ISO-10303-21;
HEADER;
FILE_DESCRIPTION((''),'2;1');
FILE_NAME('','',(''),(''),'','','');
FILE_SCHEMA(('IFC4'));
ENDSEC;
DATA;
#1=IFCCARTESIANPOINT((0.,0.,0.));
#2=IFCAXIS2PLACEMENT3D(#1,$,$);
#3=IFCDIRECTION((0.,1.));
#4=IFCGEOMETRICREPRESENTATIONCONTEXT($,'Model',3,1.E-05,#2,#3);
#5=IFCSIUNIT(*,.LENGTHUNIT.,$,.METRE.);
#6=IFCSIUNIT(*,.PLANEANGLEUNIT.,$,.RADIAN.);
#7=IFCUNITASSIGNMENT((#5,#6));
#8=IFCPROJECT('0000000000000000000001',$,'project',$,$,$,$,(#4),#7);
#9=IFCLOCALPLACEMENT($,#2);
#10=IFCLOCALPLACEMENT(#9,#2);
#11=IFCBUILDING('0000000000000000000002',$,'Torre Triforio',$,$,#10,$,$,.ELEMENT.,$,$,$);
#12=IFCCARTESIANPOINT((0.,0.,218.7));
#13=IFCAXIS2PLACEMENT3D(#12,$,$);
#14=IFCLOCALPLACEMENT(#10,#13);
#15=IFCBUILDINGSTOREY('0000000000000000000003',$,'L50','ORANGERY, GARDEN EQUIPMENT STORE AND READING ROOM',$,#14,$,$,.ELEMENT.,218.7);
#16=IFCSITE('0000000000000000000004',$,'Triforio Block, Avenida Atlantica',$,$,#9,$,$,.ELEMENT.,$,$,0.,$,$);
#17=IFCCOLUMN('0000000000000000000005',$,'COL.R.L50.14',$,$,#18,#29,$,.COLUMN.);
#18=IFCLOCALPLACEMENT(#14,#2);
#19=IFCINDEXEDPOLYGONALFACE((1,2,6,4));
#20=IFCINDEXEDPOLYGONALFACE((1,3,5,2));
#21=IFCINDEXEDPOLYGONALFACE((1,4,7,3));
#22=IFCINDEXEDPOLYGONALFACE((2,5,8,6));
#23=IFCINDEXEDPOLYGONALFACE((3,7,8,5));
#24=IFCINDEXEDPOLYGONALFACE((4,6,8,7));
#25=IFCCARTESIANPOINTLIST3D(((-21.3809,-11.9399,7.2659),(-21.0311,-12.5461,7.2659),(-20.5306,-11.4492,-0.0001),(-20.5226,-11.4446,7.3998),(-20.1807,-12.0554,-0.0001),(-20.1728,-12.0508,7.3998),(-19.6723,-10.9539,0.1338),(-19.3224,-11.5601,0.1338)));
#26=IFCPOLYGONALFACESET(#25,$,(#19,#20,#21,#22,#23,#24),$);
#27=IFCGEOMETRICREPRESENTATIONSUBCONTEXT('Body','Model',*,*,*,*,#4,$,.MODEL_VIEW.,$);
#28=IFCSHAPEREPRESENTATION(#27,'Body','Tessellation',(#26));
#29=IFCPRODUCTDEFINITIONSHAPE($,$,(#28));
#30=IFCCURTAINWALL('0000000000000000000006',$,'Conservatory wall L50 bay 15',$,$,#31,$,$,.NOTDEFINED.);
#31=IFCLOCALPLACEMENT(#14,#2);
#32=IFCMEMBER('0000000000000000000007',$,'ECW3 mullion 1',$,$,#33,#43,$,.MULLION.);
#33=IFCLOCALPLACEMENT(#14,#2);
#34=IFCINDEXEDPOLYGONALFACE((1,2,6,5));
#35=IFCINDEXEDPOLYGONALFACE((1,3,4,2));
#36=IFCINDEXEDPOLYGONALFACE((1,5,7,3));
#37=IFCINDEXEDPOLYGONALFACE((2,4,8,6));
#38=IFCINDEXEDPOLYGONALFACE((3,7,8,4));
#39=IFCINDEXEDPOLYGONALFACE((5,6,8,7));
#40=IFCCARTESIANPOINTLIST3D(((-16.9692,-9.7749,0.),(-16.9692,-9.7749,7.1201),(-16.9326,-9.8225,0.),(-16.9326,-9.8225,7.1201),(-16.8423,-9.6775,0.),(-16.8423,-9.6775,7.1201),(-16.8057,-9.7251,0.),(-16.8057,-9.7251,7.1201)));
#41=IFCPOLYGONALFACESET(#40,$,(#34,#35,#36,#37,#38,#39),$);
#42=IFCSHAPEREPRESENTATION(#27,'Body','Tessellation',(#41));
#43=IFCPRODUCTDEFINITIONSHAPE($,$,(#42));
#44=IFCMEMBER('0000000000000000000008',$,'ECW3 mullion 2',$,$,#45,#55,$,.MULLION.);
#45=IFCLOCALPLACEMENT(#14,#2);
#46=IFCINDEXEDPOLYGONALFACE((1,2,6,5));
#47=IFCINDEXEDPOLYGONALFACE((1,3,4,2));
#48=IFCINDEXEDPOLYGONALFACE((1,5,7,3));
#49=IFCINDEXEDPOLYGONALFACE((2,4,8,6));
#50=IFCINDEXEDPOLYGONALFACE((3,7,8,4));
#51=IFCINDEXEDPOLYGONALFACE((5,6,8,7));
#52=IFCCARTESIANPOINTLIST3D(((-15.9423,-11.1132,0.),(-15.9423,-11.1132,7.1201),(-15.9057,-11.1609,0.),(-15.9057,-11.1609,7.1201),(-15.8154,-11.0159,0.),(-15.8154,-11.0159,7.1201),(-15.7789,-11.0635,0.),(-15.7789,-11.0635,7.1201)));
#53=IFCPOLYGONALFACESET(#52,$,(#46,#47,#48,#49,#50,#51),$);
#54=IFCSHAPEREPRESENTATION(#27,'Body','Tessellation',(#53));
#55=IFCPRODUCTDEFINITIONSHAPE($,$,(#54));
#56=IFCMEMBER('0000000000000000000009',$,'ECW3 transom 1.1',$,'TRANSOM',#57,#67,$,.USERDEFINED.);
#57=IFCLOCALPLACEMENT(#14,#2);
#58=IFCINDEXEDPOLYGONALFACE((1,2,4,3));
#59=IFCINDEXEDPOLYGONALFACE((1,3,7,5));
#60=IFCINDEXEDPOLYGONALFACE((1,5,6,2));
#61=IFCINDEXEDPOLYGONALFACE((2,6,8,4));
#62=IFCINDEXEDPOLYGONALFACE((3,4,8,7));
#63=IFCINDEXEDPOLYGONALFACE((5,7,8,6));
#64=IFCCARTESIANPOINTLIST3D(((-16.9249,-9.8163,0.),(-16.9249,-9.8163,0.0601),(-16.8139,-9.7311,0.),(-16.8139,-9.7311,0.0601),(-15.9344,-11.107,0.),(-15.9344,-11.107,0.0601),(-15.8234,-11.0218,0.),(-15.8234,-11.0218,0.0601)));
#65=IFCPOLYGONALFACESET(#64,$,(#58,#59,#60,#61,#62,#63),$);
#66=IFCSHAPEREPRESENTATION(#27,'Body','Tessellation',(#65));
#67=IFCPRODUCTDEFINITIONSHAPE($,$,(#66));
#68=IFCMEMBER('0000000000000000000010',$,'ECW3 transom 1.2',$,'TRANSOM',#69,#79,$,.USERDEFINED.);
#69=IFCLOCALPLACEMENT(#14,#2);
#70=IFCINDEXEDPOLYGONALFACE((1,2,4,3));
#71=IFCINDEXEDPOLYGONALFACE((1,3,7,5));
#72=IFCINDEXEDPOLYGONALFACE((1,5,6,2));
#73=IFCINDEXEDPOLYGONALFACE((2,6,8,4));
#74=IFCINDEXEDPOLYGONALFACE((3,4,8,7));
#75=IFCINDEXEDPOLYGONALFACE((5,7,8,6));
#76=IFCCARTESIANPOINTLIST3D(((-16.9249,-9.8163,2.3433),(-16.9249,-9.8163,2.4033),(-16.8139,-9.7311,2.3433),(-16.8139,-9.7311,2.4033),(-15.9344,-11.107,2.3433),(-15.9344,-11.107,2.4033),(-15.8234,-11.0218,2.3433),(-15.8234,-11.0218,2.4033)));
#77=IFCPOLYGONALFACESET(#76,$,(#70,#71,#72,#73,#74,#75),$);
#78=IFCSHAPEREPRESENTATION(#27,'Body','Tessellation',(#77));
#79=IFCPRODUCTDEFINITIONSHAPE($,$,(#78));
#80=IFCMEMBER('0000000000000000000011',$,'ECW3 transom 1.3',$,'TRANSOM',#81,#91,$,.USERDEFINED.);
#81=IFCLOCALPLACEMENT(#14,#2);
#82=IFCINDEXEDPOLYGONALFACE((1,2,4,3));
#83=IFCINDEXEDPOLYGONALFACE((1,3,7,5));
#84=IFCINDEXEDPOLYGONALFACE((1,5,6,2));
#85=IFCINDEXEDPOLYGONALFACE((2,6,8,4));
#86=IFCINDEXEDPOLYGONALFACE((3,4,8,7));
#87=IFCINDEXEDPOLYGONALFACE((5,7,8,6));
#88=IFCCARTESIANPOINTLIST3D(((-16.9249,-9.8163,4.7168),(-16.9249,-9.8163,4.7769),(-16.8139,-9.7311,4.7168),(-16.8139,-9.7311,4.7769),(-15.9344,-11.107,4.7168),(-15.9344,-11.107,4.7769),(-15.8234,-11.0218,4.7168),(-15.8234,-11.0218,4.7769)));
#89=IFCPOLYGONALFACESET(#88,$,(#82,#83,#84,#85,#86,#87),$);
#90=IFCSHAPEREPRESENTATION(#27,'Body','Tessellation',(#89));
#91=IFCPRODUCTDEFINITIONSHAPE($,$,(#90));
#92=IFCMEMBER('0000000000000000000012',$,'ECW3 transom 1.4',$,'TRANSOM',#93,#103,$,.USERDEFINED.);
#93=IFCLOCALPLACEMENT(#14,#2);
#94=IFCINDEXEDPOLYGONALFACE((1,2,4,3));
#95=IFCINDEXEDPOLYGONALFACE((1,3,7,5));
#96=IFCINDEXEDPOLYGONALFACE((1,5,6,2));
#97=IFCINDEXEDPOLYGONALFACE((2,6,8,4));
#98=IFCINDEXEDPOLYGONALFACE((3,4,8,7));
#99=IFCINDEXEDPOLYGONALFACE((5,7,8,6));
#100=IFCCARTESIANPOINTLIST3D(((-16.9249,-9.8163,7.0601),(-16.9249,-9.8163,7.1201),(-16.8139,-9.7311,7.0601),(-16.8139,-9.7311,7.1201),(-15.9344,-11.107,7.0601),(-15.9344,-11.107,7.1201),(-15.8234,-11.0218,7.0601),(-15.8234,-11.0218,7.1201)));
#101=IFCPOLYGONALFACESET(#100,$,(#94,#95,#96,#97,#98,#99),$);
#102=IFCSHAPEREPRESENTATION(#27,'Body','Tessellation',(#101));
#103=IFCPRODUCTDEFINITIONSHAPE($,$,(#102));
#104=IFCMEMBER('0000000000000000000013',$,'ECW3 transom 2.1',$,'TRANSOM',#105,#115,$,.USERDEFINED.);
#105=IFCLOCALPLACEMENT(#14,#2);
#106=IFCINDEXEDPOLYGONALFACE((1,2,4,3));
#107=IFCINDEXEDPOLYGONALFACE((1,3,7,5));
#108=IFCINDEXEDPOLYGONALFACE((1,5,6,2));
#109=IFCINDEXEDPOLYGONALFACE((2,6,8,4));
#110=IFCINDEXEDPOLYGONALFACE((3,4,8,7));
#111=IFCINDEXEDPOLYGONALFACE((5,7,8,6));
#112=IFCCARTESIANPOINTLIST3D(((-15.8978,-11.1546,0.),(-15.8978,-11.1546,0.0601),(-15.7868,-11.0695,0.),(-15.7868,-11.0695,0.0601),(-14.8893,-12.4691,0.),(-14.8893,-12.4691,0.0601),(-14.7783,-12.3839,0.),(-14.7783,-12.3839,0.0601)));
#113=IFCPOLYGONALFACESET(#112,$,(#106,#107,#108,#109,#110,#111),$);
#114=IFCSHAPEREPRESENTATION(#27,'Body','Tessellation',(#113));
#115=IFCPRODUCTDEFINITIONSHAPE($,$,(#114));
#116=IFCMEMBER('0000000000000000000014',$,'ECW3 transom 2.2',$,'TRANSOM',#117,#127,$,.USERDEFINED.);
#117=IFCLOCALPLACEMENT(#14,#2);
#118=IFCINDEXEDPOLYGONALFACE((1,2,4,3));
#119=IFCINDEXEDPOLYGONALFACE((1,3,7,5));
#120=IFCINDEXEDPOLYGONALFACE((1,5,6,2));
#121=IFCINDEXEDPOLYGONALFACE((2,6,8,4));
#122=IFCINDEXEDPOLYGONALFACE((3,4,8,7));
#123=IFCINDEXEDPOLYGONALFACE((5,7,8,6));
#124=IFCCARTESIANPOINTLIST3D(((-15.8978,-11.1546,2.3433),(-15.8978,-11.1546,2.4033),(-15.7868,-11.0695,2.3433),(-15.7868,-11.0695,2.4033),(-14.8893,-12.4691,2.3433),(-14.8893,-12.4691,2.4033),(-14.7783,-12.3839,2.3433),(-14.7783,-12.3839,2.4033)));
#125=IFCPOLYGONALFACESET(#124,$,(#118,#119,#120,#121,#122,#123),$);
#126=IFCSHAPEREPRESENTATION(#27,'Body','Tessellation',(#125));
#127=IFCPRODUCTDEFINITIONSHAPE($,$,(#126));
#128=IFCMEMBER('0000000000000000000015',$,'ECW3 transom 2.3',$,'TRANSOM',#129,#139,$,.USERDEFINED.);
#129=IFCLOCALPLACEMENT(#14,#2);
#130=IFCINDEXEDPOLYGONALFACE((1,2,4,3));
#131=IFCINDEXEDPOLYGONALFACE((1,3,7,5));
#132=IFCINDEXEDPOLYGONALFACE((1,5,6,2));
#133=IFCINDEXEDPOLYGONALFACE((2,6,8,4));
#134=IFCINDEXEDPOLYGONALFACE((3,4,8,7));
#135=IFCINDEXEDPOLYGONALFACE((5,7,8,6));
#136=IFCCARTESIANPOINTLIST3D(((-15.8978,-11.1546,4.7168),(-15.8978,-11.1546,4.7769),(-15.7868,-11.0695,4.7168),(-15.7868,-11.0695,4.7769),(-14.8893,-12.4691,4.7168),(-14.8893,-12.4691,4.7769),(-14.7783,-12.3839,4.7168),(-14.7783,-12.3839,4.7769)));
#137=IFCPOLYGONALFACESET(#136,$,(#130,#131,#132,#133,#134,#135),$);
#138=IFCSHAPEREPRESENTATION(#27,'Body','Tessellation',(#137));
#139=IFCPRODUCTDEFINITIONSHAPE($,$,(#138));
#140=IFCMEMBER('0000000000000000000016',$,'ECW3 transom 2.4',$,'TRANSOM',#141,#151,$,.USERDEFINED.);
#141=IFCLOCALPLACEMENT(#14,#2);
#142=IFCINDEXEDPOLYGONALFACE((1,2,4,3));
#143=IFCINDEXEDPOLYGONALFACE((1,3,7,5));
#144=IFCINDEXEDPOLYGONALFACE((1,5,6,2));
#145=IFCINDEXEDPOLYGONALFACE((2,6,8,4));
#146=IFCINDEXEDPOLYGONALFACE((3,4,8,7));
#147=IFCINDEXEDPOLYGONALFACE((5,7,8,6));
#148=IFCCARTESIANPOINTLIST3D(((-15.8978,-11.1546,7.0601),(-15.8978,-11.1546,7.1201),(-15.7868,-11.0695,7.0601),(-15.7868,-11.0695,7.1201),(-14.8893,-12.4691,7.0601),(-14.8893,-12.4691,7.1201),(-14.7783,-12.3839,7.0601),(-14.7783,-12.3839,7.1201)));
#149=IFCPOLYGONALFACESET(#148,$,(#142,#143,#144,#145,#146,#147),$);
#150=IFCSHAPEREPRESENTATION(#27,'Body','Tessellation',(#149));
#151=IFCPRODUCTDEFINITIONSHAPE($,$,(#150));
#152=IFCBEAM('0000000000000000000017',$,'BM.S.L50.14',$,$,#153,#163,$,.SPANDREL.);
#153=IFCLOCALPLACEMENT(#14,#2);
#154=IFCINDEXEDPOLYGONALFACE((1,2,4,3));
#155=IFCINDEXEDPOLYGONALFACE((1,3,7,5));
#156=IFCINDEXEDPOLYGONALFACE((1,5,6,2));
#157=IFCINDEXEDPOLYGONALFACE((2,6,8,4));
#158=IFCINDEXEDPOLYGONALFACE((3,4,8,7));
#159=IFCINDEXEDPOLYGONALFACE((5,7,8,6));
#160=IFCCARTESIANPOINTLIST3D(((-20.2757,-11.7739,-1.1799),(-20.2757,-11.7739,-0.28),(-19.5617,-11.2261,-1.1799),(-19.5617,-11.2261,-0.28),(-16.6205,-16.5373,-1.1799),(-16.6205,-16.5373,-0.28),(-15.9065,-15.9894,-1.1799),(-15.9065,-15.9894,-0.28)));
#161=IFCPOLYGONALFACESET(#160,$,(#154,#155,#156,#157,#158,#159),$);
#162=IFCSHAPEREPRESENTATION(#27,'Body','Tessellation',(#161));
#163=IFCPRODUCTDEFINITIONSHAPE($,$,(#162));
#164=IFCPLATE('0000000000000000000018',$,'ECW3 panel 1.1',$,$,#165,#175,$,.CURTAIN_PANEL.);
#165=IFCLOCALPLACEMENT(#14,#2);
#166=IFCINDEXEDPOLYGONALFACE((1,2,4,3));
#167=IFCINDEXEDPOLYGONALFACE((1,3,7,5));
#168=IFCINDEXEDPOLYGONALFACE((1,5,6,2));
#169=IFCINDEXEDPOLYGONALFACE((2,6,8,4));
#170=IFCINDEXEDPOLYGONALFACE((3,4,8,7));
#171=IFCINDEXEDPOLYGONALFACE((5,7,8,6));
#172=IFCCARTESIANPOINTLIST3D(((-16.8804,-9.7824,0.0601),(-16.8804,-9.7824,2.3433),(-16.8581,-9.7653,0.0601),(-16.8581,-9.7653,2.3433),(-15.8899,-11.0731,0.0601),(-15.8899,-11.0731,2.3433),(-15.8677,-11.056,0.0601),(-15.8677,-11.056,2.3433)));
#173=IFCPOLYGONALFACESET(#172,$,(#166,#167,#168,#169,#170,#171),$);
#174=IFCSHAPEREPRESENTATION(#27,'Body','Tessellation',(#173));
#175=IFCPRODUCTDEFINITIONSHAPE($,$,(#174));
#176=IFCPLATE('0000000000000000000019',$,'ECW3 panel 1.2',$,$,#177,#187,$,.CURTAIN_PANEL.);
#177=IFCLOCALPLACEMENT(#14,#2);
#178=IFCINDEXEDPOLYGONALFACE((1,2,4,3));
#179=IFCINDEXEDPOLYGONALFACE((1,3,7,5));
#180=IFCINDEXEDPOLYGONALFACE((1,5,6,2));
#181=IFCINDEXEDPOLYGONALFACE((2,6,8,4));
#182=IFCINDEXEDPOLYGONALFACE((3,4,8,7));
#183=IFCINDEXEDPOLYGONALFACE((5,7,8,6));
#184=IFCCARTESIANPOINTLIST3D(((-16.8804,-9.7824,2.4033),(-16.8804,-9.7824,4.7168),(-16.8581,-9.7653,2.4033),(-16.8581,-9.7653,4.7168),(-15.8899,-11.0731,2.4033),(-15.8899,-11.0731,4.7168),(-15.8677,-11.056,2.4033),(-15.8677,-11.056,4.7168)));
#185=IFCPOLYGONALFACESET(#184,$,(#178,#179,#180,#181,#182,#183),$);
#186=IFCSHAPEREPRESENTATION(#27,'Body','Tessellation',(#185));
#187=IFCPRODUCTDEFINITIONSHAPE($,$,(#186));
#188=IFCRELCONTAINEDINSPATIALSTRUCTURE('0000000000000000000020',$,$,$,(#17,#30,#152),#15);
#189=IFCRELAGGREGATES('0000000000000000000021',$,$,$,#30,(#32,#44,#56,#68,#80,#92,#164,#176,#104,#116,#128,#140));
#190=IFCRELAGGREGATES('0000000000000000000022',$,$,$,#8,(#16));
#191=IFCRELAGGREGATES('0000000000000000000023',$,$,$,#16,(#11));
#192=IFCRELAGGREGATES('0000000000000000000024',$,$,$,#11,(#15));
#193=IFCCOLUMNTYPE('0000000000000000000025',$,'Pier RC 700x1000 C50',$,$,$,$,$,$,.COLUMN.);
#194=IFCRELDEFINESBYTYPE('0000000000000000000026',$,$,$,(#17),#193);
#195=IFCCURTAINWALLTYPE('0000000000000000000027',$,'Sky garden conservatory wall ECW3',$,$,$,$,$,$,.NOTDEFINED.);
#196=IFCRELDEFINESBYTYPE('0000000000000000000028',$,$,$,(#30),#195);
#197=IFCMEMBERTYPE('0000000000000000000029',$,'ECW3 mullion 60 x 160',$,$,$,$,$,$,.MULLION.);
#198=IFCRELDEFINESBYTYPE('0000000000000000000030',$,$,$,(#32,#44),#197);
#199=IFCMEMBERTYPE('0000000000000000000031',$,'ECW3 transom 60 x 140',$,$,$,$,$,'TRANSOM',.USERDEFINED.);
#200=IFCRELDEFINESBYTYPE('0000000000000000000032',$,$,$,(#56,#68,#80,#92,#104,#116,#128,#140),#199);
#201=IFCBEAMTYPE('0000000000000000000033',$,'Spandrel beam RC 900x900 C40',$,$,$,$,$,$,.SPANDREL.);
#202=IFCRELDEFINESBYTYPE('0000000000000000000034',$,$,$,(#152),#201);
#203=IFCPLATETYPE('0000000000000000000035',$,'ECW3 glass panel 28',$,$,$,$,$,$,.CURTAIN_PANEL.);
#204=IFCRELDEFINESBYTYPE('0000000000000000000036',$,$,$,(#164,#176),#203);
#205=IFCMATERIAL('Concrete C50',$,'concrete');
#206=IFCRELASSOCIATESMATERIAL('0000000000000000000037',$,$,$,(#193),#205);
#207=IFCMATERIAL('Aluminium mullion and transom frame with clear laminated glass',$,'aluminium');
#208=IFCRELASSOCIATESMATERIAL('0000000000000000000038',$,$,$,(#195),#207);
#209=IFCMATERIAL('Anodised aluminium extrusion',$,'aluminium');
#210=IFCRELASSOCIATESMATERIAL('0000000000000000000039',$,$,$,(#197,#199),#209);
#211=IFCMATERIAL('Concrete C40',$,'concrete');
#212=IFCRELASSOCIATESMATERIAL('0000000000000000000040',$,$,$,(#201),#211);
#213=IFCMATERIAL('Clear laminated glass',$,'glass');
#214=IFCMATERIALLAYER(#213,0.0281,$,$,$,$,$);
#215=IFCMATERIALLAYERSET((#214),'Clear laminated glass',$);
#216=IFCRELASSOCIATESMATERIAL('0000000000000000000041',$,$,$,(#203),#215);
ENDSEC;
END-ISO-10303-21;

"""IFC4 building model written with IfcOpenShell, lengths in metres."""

from ifc_helpers import new_model, si_unit, direction, frame, origin, origin_2d, place, context, subcontext, project, spatial, rectangle, extrude, material, layer, layer_set, material_profile, profile_set, type_object, element, aggregate, save


model = new_model("IFC4")

# Units and contexts
model_context = context("Model", 3, precision=1e-05, world=origin(), true_north=direction((0.0, 1.0)))
body_context = subcontext(model_context, "Body", "Model", "MODEL_VIEW")
ifc_project = project(units=[si_unit("LENGTHUNIT", "METRE"), si_unit("PLANEANGLEUNIT", "RADIAN")], contexts=[model_context])

# Site, building, storey
site_placement = place(None, origin())
site = spatial("IfcSite", under=ifc_project, at=site_placement, Name="Triforio Block, Avenida Atlantica", CompositionType="ELEMENT", RefElevation=0.0)
building_placement = place(site_placement, origin())
building = spatial("IfcBuilding", under=site, at=building_placement, Name="Torre Triforio", CompositionType="ELEMENT")
storey_placement = place(building_placement, frame((0.0, 0.0, 218.7)))
storey = spatial("IfcBuildingStorey", under=building, at=storey_placement, Name="L50", Description="ORANGERY, GARDEN EQUIPMENT STORE AND READING ROOM", CompositionType="ELEMENT", Elevation=218.7)

# Column
ifc_material_1 = material(Name="Concrete C50", Category="concrete")
ifc_material_profile_1 = material_profile(ifc_material_1, rectangle(XDim=0.7, YDim=1.0, at=origin_2d()), Name="RC 700x1000")
ifc_profile_set_1 = profile_set([ifc_material_profile_1], Name="Concrete C50")
column_type = type_object("IfcColumnType", Name="Pier RC 700x1000 C50", PredefinedType="COLUMN", material=ifc_profile_set_1)
column_placement = place(storey_placement, frame((-19.9265, -11.5046, 0.0669), z_axis=(-0.115975, -0.066928, 0.990995), x_axis=(0.49983, -0.866123, 0.0)))
element("IfcColumn", 1, at=column_placement, inside=storey, type_object=column_type, Name="COL.R.L50.14", PredefinedType="COLUMN", context=body_context, shape_type="SweptSolid", body=[
    extrude(rectangle(XDim=0.7, YDim=1.0, at=origin_2d()), origin(), (0.0, 0.0, 1.0), 7.332),
])

# Curtain wall, members
ifc_material_2 = material(Name="Aluminium mullion and transom frame with clear laminated glass", Category="aluminium")
curtain_wall_type = type_object("IfcCurtainWallType", Name="Sky garden conservatory wall ECW3", PredefinedType="NOTDEFINED", material=ifc_material_2)
curtain_wall_placement = place(storey_placement, origin())
curtain_wall = element("IfcCurtainWall", 2, at=curtain_wall_placement, inside=storey, type_object=curtain_wall_type, Name="Conservatory wall L50 bay 15", PredefinedType="NOTDEFINED")
ifc_material_3 = material(Name="Anodised aluminium extrusion", Category="aluminium")
ifc_material_profile_2 = material_profile(ifc_material_3, rectangle(XDim=0.1599, YDim=0.0601, at=origin_2d()), Name="ECW3 MULLION 60x160")
ifc_profile_set_2 = profile_set([ifc_material_profile_2], Name="Anodised aluminium extrusion")
member_type_1 = type_object("IfcMemberType", Name="ECW3 mullion 60 x 160", PredefinedType="MULLION", material=ifc_profile_set_2)
member_1_placement = place(storey_placement, frame((-16.8875, -9.75, 0.0), z_axis=(0.0, 0.0, 1.0), x_axis=(0.793349, 0.608767, 0.0)))
member_1 = element("IfcMember", 3, at=member_1_placement, type_object=member_type_1, Name="ECW3 mullion 1", PredefinedType="MULLION", context=body_context, shape_type="SweptSolid", body=[
    extrude(rectangle(XDim=0.1599, YDim=0.0601, at=origin_2d()), origin(), (0.0, 0.0, 1.0), 7.1201),
])
member_2_placement = place(storey_placement, frame((-15.8606, -11.0884, 0.0), z_axis=(0.0, 0.0, 1.0), x_axis=(0.793349, 0.608767, 0.0)))
member_2 = element("IfcMember", 4, at=member_2_placement, type_object=member_type_1, Name="ECW3 mullion 2", PredefinedType="MULLION", context=body_context, shape_type="SweptSolid", body=[
    extrude(rectangle(XDim=0.1599, YDim=0.0601, at=origin_2d()), origin(), (0.0, 0.0, 1.0), 7.1201),
])
ifc_material_profile_3 = material_profile(ifc_material_3, rectangle(XDim=0.1399, YDim=0.0601, at=origin_2d()), Name="ECW3 TRANSOM 60x140")
ifc_profile_set_3 = profile_set([ifc_material_profile_3], Name="Anodised aluminium extrusion")
member_type_2 = type_object("IfcMemberType", Name="ECW3 transom 60 x 140", ElementType="TRANSOM", PredefinedType="USERDEFINED", material=ifc_profile_set_3)
member_3_placement = place(storey_placement, frame((-16.8694, -9.7737, 0.03), z_axis=(0.608775, -0.793343, 0.0), x_axis=(0.793343, 0.608775, 0.0)))
member_3 = element("IfcMember", 5, at=member_3_placement, type_object=member_type_2, Name="ECW3 transom 1.1", ObjectType="TRANSOM", PredefinedType="USERDEFINED", context=body_context, shape_type="SweptSolid", body=[
    extrude(rectangle(XDim=0.1399, YDim=0.0601, at=origin_2d()), origin(), (0.0, 0.0, 1.0), 1.627),
])
member_4_placement = place(storey_placement, frame((-16.8694, -9.7737, 2.3733), z_axis=(0.608775, -0.793343, 0.0), x_axis=(0.793343, 0.608775, 0.0)))
member_4 = element("IfcMember", 6, at=member_4_placement, type_object=member_type_2, Name="ECW3 transom 1.2", ObjectType="TRANSOM", PredefinedType="USERDEFINED", context=body_context, shape_type="SweptSolid", body=[
    extrude(rectangle(XDim=0.1399, YDim=0.0601, at=origin_2d()), origin(), (0.0, 0.0, 1.0), 1.627),
])
member_5_placement = place(storey_placement, frame((-16.8694, -9.7737, 4.7468), z_axis=(0.608775, -0.793343, 0.0), x_axis=(0.793343, 0.608775, 0.0)))
member_5 = element("IfcMember", 7, at=member_5_placement, type_object=member_type_2, Name="ECW3 transom 1.3", ObjectType="TRANSOM", PredefinedType="USERDEFINED", context=body_context, shape_type="SweptSolid", body=[
    extrude(rectangle(XDim=0.1399, YDim=0.0601, at=origin_2d()), origin(), (0.0, 0.0, 1.0), 1.627),
])
member_6_placement = place(storey_placement, frame((-16.8694, -9.7737, 7.0901), z_axis=(0.608775, -0.793343, 0.0), x_axis=(0.793343, 0.608775, 0.0)))
member_6 = element("IfcMember", 8, at=member_6_placement, type_object=member_type_2, Name="ECW3 transom 1.4", ObjectType="TRANSOM", PredefinedType="USERDEFINED", context=body_context, shape_type="SweptSolid", body=[
    extrude(rectangle(XDim=0.1399, YDim=0.0601, at=origin_2d()), origin(), (0.0, 0.0, 1.0), 1.627),
])
member_7_placement = place(storey_placement, frame((-15.8423, -11.1121, 0.03), z_axis=(0.608735, -0.793374, 0.0), x_axis=(0.793374, 0.608735, 0.0)))
member_7 = element("IfcMember", 9, at=member_7_placement, type_object=member_type_2, Name="ECW3 transom 2.1", ObjectType="TRANSOM", PredefinedType="USERDEFINED", context=body_context, shape_type="SweptSolid", body=[
    extrude(rectangle(XDim=0.1399, YDim=0.0601, at=origin_2d()), origin(), (0.0, 0.0, 1.0), 1.6567),
])
member_8_placement = place(storey_placement, frame((-15.8423, -11.1121, 2.3733), z_axis=(0.608735, -0.793374, 0.0), x_axis=(0.793374, 0.608735, 0.0)))
member_8 = element("IfcMember", 10, at=member_8_placement, type_object=member_type_2, Name="ECW3 transom 2.2", ObjectType="TRANSOM", PredefinedType="USERDEFINED", context=body_context, shape_type="SweptSolid", body=[
    extrude(rectangle(XDim=0.1399, YDim=0.0601, at=origin_2d()), origin(), (0.0, 0.0, 1.0), 1.6567),
])
member_9_placement = place(storey_placement, frame((-15.8423, -11.1121, 4.7468), z_axis=(0.608735, -0.793374, 0.0), x_axis=(0.793374, 0.608735, 0.0)))
member_9 = element("IfcMember", 11, at=member_9_placement, type_object=member_type_2, Name="ECW3 transom 2.3", ObjectType="TRANSOM", PredefinedType="USERDEFINED", context=body_context, shape_type="SweptSolid", body=[
    extrude(rectangle(XDim=0.1399, YDim=0.0601, at=origin_2d()), origin(), (0.0, 0.0, 1.0), 1.6567),
])
member_10_placement = place(storey_placement, frame((-15.8423, -11.1121, 7.0901), z_axis=(0.608735, -0.793374, 0.0), x_axis=(0.793374, 0.608735, 0.0)))
member_10 = element("IfcMember", 12, at=member_10_placement, type_object=member_type_2, Name="ECW3 transom 2.4", ObjectType="TRANSOM", PredefinedType="USERDEFINED", context=body_context, shape_type="SweptSolid", body=[
    extrude(rectangle(XDim=0.1399, YDim=0.0601, at=origin_2d()), origin(), (0.0, 0.0, 1.0), 1.6567),
])

# Beam
ifc_material_4 = material(Name="Concrete C40", Category="concrete")
ifc_material_profile_4 = material_profile(ifc_material_4, rectangle(XDim=0.8999, YDim=0.8999, at=origin_2d()), Name="RC 900x900")
ifc_profile_set_4 = profile_set([ifc_material_profile_4], Name="Concrete C40")
beam_type = type_object("IfcBeamType", Name="Spandrel beam RC 900x900 C40", PredefinedType="SPANDREL", material=ifc_profile_set_4)
beam_placement = place(storey_placement, frame((-19.9187, -11.5, -0.73), z_axis=(0.608779, -0.79334, 0.0), x_axis=(0.79334, 0.608779, 0.0)))
element("IfcBeam", 13, at=beam_placement, inside=storey, type_object=beam_type, Name="BM.S.L50.14", PredefinedType="SPANDREL", context=body_context, shape_type="SweptSolid", body=[
    extrude(rectangle(XDim=0.8999, YDim=0.8999, at=origin_2d()), origin(), (0.0, 0.0, 1.0), 6.0042),
])

# Plates
ifc_material_5 = material(Name="Clear laminated glass", Category="glass")
ifc_layer = layer(ifc_material_5, 0.0281)
ifc_layer_set = layer_set([ifc_layer], Name="Clear laminated glass")
plate_type = type_object("IfcPlateType", Name="ECW3 glass panel 28", PredefinedType="CURTAIN_PANEL", material=ifc_layer_set)
plate_1_placement = place(storey_placement, frame((-16.374, -10.4192, 0.0601), z_axis=(0.0, 0.0, 1.0), x_axis=(0.608767, -0.793349, 0.0)))
plate_1 = element("IfcPlate", 14, at=plate_1_placement, type_object=plate_type, Name="ECW3 panel 1.1", PredefinedType="CURTAIN_PANEL", context=body_context, shape_type="SweptSolid", body=[
    extrude(rectangle(XDim=1.627, YDim=0.0281, at=origin_2d()), origin(), (0.0, 0.0, 1.0), 2.2832),
])
plate_2_placement = place(storey_placement, frame((-16.374, -10.4192, 2.4033), z_axis=(0.0, 0.0, 1.0), x_axis=(0.608767, -0.793349, 0.0)))
plate_2 = element("IfcPlate", 15, at=plate_2_placement, type_object=plate_type, Name="ECW3 panel 1.2", PredefinedType="CURTAIN_PANEL", context=body_context, shape_type="SweptSolid", body=[
    extrude(rectangle(XDim=1.627, YDim=0.0281, at=origin_2d()), origin(), (0.0, 0.0, 1.0), 2.3135),
])
aggregate(curtain_wall, [member_1, member_2, member_3, member_4, member_5, member_6, plate_1, plate_2, member_7, member_8, member_9, member_10])

save(model, "model.ifc")
